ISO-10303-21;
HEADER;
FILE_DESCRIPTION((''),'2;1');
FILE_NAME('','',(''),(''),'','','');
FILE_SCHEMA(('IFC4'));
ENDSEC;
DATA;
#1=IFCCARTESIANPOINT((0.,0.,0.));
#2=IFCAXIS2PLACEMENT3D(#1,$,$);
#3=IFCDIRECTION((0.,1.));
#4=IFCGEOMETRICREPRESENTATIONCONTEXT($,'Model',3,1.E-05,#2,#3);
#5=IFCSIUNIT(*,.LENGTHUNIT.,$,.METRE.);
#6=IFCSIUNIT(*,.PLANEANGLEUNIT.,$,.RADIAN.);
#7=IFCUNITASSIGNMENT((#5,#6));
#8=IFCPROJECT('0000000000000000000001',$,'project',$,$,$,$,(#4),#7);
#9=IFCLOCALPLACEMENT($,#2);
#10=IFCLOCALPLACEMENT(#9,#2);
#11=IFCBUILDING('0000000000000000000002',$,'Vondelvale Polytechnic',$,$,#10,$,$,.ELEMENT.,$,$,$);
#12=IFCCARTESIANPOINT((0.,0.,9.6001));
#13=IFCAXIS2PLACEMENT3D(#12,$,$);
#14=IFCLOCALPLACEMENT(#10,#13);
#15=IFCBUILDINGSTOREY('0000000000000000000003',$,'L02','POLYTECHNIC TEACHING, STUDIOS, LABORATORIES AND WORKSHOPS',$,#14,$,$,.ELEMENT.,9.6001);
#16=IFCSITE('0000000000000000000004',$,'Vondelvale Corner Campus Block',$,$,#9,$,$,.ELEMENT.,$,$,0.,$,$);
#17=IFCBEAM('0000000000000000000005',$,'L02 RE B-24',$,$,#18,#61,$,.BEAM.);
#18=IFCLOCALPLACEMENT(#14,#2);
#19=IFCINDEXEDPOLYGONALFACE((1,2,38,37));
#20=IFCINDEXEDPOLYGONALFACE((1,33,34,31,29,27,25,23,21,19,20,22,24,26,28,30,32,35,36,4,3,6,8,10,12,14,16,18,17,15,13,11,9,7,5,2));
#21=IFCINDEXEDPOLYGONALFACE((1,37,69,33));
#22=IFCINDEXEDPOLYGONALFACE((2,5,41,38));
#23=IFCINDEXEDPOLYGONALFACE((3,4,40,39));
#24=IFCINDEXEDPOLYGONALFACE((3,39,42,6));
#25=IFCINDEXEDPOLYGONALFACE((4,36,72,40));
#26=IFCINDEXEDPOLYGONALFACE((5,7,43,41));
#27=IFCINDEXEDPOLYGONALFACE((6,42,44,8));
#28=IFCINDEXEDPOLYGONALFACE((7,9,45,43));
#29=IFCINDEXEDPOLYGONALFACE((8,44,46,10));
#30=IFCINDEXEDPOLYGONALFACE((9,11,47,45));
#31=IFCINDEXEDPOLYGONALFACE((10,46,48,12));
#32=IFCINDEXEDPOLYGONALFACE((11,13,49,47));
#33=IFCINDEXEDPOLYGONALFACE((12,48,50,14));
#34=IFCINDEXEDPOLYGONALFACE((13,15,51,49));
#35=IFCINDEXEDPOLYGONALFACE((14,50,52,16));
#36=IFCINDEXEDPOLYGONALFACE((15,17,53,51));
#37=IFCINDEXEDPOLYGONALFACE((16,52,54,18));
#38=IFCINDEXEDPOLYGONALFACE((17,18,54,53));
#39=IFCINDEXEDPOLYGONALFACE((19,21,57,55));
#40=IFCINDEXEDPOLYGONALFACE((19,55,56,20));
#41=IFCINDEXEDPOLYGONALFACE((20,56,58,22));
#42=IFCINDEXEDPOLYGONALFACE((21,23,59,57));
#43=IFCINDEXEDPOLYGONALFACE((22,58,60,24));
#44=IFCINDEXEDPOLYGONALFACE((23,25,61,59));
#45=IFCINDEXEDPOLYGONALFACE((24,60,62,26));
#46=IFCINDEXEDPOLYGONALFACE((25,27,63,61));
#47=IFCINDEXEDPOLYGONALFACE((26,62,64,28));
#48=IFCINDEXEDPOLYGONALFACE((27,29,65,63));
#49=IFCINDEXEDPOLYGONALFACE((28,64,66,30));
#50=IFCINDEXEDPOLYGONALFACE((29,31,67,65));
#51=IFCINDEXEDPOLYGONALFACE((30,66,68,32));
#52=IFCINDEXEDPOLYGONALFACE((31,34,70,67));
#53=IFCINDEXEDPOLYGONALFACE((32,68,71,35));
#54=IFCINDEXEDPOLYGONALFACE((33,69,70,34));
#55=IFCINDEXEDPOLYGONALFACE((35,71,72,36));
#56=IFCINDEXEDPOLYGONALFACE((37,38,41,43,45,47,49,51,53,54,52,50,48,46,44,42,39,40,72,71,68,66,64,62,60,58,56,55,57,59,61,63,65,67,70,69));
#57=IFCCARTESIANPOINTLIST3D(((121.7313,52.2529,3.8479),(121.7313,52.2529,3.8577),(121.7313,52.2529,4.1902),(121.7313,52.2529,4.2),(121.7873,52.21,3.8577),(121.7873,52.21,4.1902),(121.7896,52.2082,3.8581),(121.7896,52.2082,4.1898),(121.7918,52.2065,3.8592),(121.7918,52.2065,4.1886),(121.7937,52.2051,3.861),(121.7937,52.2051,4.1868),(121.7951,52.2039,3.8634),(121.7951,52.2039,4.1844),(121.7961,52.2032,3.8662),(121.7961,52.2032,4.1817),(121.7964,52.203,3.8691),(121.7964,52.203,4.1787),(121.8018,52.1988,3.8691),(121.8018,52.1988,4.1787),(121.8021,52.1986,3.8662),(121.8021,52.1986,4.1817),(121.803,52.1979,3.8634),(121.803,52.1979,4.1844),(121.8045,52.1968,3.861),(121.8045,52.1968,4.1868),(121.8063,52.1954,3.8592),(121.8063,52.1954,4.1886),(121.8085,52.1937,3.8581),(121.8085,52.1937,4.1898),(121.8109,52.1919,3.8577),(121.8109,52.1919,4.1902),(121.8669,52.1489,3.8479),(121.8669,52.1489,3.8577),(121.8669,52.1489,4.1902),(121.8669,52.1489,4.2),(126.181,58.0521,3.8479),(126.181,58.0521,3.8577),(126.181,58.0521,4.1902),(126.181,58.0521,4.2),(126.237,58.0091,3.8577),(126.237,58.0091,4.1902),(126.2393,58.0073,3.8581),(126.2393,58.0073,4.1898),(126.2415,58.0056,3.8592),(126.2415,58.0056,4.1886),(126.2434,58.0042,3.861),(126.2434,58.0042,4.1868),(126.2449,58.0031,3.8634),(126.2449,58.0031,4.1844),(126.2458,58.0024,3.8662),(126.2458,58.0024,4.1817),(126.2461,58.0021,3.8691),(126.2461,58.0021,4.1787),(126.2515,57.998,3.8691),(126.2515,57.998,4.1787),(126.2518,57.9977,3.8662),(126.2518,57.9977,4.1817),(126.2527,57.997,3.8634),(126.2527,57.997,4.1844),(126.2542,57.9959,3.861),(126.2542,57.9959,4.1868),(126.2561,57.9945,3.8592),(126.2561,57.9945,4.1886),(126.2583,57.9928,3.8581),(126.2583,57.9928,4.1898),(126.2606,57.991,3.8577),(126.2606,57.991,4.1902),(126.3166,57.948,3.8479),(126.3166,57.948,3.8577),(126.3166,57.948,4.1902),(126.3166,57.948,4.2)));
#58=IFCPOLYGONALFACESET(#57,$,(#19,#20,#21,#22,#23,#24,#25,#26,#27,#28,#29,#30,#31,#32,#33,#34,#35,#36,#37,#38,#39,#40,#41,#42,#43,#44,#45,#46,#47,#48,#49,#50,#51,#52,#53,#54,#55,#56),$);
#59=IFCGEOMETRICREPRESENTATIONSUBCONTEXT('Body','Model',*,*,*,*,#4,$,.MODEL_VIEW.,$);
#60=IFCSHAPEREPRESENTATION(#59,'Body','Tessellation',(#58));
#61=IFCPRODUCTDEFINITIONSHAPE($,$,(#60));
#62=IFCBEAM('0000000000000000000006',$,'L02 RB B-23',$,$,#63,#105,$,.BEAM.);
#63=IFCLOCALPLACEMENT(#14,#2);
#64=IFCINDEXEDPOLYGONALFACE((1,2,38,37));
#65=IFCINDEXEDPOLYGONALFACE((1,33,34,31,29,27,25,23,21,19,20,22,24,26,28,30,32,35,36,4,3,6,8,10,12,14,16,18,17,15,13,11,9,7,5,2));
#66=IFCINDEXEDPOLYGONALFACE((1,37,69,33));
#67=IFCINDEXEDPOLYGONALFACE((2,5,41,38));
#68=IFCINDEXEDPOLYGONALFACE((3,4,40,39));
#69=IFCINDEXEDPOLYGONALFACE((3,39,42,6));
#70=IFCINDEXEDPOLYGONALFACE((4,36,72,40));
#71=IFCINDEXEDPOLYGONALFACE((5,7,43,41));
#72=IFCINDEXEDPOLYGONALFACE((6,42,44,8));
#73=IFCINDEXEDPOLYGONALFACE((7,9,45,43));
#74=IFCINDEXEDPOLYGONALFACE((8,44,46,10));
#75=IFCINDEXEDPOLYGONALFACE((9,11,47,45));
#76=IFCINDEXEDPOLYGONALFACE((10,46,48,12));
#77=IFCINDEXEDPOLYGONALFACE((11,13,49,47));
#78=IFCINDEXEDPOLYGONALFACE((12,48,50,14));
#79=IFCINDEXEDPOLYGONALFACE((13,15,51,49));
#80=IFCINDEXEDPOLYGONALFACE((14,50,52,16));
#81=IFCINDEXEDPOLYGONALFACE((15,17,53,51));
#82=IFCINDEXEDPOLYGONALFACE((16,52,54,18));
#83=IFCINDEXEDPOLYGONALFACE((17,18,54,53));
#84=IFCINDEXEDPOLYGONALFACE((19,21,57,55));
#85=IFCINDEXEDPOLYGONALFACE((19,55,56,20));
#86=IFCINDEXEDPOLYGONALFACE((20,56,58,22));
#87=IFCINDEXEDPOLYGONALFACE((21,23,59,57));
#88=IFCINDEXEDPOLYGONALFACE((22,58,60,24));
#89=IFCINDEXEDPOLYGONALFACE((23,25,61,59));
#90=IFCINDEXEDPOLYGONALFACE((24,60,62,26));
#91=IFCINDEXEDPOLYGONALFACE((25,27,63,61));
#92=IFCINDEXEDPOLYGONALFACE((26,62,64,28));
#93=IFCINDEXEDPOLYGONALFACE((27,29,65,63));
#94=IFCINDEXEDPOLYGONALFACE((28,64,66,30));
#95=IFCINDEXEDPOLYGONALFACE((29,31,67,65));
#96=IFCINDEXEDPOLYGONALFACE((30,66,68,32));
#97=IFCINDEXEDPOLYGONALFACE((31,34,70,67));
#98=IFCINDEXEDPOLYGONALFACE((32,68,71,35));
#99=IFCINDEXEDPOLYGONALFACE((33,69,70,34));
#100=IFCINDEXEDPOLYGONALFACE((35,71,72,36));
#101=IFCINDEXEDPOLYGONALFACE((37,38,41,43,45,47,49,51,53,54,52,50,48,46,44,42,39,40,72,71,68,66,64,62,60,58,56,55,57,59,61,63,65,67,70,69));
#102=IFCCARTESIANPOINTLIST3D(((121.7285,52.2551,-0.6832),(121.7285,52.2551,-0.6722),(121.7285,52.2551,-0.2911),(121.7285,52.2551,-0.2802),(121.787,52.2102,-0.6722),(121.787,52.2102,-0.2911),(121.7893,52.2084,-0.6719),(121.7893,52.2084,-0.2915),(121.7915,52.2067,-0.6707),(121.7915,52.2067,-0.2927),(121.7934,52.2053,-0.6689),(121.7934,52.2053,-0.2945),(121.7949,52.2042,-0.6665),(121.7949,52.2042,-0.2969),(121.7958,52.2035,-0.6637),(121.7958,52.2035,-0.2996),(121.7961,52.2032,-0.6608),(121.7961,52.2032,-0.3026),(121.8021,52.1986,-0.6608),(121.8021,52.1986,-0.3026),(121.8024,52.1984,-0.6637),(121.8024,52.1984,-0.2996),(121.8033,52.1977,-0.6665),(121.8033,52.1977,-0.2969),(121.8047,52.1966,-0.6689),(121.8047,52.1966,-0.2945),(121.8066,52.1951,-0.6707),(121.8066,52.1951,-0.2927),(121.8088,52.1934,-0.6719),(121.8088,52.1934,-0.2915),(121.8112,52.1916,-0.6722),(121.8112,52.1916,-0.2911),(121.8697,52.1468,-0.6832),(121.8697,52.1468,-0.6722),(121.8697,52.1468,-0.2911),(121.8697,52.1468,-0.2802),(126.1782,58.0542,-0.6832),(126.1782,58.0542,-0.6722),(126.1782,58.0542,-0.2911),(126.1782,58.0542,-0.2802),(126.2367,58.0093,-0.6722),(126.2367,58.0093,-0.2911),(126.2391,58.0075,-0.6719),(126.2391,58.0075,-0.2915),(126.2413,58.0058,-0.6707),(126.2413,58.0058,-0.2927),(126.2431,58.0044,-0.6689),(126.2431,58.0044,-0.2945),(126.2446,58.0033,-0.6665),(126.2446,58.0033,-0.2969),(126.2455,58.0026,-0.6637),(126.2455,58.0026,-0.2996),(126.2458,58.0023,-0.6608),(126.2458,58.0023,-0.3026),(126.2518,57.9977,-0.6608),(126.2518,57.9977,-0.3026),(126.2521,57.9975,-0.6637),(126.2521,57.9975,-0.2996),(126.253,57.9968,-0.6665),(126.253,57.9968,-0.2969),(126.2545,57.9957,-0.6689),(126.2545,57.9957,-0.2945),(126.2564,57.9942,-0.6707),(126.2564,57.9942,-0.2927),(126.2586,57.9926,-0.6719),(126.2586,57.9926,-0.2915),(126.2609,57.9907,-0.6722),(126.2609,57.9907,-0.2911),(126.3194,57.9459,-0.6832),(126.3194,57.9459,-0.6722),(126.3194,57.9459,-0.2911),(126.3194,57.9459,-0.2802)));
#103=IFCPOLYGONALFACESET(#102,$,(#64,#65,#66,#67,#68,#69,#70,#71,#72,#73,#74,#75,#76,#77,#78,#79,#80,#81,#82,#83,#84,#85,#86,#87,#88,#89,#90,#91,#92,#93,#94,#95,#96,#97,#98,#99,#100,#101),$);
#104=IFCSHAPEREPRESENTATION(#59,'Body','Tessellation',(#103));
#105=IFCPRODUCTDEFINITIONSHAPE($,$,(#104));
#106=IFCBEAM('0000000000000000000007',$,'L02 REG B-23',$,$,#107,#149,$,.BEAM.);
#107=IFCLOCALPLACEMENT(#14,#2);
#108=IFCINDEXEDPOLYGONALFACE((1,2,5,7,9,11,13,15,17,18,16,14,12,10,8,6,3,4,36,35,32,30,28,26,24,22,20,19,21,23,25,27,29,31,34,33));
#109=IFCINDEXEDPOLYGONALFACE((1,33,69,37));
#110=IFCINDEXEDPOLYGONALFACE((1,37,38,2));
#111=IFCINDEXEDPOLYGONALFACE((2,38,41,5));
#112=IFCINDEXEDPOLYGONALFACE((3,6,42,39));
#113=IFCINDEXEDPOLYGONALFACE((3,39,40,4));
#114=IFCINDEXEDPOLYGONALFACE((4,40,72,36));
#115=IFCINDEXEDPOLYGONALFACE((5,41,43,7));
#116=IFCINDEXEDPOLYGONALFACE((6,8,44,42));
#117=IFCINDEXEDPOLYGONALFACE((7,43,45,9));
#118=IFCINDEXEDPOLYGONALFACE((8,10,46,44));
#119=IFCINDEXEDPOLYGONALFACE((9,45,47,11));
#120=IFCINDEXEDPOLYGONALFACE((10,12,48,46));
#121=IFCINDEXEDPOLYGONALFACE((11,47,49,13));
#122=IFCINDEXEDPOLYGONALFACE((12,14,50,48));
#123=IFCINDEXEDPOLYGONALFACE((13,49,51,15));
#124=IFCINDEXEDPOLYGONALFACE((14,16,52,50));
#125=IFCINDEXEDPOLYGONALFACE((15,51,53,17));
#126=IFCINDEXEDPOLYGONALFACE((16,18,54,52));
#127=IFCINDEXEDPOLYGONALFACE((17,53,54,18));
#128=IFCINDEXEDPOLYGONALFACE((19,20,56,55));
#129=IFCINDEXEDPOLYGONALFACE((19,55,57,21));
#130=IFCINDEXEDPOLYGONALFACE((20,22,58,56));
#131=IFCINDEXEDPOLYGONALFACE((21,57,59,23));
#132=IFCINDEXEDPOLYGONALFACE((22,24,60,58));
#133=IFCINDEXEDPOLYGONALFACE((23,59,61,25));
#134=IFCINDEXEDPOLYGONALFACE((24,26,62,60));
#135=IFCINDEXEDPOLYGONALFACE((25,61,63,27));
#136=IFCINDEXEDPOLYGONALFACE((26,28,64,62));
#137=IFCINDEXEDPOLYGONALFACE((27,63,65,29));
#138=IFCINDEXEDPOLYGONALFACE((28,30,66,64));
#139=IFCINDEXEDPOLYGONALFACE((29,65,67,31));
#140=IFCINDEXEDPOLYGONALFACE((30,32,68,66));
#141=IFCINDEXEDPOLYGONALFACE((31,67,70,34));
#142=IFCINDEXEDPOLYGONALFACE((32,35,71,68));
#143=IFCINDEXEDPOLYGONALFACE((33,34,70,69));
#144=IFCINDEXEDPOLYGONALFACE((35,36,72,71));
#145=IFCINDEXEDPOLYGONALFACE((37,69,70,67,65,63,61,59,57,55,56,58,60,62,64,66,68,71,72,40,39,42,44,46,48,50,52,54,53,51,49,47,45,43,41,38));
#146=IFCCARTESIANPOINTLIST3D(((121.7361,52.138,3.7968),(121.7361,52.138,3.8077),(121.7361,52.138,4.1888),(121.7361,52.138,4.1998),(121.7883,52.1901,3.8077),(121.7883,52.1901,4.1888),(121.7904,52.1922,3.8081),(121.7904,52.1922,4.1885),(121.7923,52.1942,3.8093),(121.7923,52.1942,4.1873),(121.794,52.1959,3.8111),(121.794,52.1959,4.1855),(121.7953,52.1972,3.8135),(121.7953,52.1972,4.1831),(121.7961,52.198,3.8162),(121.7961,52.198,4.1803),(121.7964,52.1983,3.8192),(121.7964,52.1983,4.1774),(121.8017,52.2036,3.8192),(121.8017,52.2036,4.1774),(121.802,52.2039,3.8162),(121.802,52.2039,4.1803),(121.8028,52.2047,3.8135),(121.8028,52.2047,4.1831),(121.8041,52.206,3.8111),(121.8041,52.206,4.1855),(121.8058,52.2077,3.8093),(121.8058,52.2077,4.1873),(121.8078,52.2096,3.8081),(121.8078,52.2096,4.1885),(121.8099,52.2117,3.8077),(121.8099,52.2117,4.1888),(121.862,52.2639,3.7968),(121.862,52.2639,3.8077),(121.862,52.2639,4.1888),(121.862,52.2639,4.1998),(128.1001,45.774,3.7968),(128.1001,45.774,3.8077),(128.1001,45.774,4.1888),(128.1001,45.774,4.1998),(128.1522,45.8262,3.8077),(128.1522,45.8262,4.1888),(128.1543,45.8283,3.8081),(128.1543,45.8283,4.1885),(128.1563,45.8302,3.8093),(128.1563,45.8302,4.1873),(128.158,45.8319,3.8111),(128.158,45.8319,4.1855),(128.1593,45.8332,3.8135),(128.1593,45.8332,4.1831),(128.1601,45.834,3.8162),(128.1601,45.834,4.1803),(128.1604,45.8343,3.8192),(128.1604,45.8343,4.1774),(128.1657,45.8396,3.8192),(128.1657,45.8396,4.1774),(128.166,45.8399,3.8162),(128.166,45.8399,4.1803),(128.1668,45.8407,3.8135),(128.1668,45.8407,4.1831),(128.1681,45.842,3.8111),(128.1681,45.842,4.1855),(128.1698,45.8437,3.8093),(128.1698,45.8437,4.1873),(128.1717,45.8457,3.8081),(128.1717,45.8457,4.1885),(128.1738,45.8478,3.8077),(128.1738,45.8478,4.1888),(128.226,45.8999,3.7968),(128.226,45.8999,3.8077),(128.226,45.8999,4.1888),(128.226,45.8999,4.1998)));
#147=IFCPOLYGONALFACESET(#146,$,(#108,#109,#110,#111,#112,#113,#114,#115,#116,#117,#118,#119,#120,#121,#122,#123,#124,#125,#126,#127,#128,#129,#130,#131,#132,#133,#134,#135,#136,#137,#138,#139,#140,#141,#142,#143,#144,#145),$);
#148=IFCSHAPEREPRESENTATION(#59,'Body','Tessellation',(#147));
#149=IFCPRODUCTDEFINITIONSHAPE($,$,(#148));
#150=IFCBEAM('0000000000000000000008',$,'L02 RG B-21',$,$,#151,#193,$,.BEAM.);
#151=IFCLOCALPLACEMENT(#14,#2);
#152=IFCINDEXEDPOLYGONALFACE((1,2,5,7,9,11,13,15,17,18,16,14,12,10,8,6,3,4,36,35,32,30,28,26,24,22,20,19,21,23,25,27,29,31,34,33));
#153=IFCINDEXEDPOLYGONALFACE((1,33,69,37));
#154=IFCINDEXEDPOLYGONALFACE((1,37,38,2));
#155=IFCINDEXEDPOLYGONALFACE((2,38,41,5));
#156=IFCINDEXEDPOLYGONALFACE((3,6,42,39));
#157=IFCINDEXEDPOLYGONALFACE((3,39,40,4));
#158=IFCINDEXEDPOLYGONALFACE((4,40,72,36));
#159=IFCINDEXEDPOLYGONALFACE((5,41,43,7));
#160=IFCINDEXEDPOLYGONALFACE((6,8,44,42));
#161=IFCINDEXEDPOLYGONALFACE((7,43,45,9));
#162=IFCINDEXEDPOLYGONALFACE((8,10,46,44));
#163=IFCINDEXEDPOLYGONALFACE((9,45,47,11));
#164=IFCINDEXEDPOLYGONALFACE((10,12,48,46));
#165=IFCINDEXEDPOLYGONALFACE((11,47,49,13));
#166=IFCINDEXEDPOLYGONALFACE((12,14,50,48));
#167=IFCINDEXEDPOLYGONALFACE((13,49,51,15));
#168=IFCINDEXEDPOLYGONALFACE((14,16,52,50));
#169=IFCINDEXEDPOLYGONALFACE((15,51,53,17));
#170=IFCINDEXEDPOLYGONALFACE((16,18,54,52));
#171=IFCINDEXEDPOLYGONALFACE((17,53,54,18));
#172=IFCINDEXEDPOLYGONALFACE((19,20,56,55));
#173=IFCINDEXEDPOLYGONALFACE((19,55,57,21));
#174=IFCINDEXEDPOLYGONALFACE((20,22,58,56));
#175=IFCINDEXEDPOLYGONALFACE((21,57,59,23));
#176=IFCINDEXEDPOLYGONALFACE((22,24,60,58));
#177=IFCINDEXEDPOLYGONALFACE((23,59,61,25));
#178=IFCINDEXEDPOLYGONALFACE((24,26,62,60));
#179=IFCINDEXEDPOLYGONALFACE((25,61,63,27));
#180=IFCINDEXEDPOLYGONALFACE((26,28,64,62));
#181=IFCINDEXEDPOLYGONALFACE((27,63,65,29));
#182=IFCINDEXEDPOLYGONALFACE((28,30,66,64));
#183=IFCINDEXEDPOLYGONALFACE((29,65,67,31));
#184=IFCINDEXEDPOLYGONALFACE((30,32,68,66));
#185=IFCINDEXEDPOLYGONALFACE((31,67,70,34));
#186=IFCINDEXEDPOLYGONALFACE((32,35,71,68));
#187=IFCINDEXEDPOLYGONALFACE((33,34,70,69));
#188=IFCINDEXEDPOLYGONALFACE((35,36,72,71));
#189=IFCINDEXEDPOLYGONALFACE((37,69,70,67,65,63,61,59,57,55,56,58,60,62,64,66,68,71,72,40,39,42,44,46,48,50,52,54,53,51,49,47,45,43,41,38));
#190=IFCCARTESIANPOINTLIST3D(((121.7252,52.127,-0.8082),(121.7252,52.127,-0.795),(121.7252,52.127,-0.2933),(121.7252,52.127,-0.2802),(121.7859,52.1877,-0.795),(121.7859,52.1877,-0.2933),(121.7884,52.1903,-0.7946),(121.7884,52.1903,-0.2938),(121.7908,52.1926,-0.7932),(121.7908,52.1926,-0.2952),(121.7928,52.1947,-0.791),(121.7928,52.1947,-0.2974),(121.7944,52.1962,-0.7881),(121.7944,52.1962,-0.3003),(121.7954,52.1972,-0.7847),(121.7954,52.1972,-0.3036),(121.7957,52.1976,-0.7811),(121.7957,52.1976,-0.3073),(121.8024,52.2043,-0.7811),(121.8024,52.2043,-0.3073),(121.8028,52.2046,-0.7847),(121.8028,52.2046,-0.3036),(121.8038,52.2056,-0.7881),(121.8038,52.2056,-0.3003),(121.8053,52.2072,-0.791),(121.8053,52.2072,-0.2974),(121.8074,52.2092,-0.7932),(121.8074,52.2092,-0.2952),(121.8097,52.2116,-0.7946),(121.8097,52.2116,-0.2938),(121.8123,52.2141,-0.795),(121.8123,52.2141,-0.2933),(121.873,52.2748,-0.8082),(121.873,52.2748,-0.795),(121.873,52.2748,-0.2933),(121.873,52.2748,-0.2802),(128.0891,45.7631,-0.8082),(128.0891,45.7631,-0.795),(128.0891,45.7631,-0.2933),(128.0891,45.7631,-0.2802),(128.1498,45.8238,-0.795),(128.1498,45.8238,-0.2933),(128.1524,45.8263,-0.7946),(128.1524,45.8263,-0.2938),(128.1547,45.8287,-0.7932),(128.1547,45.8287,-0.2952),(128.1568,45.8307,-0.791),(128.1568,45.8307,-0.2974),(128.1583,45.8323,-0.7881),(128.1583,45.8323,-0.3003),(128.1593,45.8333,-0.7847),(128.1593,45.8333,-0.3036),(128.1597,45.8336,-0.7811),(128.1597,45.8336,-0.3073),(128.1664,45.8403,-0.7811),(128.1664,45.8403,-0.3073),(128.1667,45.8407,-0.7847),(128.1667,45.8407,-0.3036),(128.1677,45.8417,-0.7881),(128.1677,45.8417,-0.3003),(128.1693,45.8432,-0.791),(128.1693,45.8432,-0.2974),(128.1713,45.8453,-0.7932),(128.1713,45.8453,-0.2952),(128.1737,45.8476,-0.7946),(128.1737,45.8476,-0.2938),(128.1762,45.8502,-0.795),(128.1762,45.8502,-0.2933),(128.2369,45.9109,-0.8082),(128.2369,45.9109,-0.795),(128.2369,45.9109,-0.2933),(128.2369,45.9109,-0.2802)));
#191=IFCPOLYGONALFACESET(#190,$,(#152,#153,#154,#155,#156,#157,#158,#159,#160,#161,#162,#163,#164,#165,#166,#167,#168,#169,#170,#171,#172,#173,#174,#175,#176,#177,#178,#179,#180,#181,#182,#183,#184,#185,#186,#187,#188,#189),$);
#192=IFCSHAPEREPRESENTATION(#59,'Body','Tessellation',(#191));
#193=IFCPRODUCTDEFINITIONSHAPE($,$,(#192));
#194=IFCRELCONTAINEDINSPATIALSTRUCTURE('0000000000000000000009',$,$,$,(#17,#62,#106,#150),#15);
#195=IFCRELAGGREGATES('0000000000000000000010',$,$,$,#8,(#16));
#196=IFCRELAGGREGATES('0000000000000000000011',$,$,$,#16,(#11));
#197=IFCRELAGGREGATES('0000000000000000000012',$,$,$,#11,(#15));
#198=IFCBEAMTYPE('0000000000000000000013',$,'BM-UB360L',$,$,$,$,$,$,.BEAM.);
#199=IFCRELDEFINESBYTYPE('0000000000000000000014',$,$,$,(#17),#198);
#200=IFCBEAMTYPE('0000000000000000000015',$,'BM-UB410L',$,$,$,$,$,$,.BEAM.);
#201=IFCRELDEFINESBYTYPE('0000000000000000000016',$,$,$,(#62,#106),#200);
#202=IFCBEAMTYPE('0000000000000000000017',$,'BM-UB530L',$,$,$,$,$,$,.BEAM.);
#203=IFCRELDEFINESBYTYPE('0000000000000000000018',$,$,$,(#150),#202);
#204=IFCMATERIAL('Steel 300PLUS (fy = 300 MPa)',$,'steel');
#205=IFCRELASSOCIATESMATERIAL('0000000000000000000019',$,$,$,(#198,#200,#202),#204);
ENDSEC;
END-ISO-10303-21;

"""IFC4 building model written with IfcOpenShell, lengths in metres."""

from ifc_helpers import new_model, si_unit, direction, frame, origin, origin_2d, place, context, subcontext, project, spatial, i_section, extrude, material, material_profile, profile_set, type_object, element, save


model = new_model("IFC4")

# Units and contexts
model_context = context("Model", 3, precision=1e-05, world=origin(), true_north=direction((0.0, 1.0)))
body_context = subcontext(model_context, "Body", "Model", "MODEL_VIEW")
ifc_project = project(units=[si_unit("LENGTHUNIT", "METRE"), si_unit("PLANEANGLEUNIT", "RADIAN")], contexts=[model_context])

# Site, building, storey
site_placement = place(None, origin())
site = spatial("IfcSite", under=ifc_project, at=site_placement, Name="Vondelvale Corner Campus Block", CompositionType="ELEMENT", RefElevation=0.0)
building_placement = place(site_placement, origin())
building = spatial("IfcBuilding", under=site, at=building_placement, Name="Vondelvale Polytechnic", CompositionType="ELEMENT")
storey_placement = place(building_placement, frame((0.0, 0.0, 9.6001)))
storey = spatial("IfcBuildingStorey", under=building, at=storey_placement, Name="L02", Description="POLYTECHNIC TEACHING, STUDIOS, LABORATORIES AND WORKSHOPS", CompositionType="ELEMENT", Elevation=9.6001)

# Beams
ifc_material_1 = material(Name="Steel 300PLUS (fy = 300 MPa)", Category="steel")
ifc_material_profile_1 = material_profile(ifc_material_1, i_section(OverallWidth=0.1709, OverallDepth=0.3521, WebThickness=0.0068, FlangeThickness=0.0098, FilletRadius=0.0115, at=origin_2d()), Name="360UB44.7")
ifc_profile_set_1 = profile_set([ifc_material_profile_1], Name="Steel 300PLUS (fy = 300 MPa)")
beam_type_1 = type_object("IfcBeamType", Name="BM-UB360L", PredefinedType="BEAM", material=ifc_profile_set_1)
beam_1_placement = place(storey_placement, frame((121.7991, 52.2009, 4.0239), z_axis=(0.608755, 0.793358, 0.0), x_axis=(-0.793358, 0.608755, 0.0)))
element("IfcBeam", 1, at=beam_1_placement, inside=storey, type_object=beam_type_1, Name="L02 RE B-24", PredefinedType="BEAM", context=body_context, shape_type="SweptSolid", body=[
    extrude(i_section(OverallWidth=0.1709, OverallDepth=0.3521, WebThickness=0.0068, FlangeThickness=0.0098, FilletRadius=0.0115, at=origin_2d()), origin(), (0.0, 0.0, 1.0), 7.3096),
])
ifc_material_profile_2 = material_profile(ifc_material_1, i_section(OverallWidth=0.178, OverallDepth=0.4031, WebThickness=0.0076, FlangeThickness=0.011, FilletRadius=0.0115, at=origin_2d()), Name="410UB53.7")
ifc_profile_set_2 = profile_set([ifc_material_profile_2], Name="Steel 300PLUS (fy = 300 MPa)")
beam_type_2 = type_object("IfcBeamType", Name="BM-UB410L", PredefinedType="BEAM", material=ifc_profile_set_2)
beam_2_placement = place(storey_placement, frame((121.7991, 52.2009, -0.4817), z_axis=(0.608755, 0.793358, 0.0), x_axis=(-0.793358, 0.608755, 0.0)))
element("IfcBeam", 2, at=beam_2_placement, inside=storey, type_object=beam_type_2, Name="L02 RB B-23", PredefinedType="BEAM", context=body_context, shape_type="SweptSolid", body=[
    extrude(i_section(OverallWidth=0.178, OverallDepth=0.4031, WebThickness=0.0076, FlangeThickness=0.011, FilletRadius=0.0115, at=origin_2d()), origin(), (0.0, 0.0, 1.0), 7.3096),
])
beam_3_placement = place(storey_placement, frame((121.7991, 52.2009, 3.9983), z_axis=(0.707107, -0.707107, 0.0), x_axis=(0.707107, 0.707107, 0.0)))
element("IfcBeam", 3, at=beam_3_placement, inside=storey, type_object=beam_type_2, Name="L02 REG B-23", PredefinedType="BEAM", context=body_context, shape_type="SweptSolid", body=[
    extrude(i_section(OverallWidth=0.178, OverallDepth=0.4031, WebThickness=0.0076, FlangeThickness=0.011, FilletRadius=0.0115, at=origin_2d()), origin(), (0.0, 0.0, 1.0), 9.0),
])
ifc_material_profile_3 = material_profile(ifc_material_1, i_section(OverallWidth=0.209, OverallDepth=0.5281, WebThickness=0.0095, FlangeThickness=0.0132, FilletRadius=0.0139, at=origin_2d()), Name="530UB82.0")
ifc_profile_set_3 = profile_set([ifc_material_profile_3], Name="Steel 300PLUS (fy = 300 MPa)")
beam_type_3 = type_object("IfcBeamType", Name="BM-UB530L", PredefinedType="BEAM", material=ifc_profile_set_3)
beam_4_placement = place(storey_placement, frame((121.7991, 52.2009, -0.5442), z_axis=(0.707107, -0.707107, 0.0), x_axis=(0.707107, 0.707107, 0.0)))
element("IfcBeam", 4, at=beam_4_placement, inside=storey, type_object=beam_type_3, Name="L02 RG B-21", PredefinedType="BEAM", context=body_context, shape_type="SweptSolid", body=[
    extrude(i_section(OverallWidth=0.209, OverallDepth=0.5281, WebThickness=0.0095, FlangeThickness=0.0132, FilletRadius=0.0139, at=origin_2d()), origin(), (0.0, 0.0, 1.0), 9.0),
])

save(model, "model.ifc")
